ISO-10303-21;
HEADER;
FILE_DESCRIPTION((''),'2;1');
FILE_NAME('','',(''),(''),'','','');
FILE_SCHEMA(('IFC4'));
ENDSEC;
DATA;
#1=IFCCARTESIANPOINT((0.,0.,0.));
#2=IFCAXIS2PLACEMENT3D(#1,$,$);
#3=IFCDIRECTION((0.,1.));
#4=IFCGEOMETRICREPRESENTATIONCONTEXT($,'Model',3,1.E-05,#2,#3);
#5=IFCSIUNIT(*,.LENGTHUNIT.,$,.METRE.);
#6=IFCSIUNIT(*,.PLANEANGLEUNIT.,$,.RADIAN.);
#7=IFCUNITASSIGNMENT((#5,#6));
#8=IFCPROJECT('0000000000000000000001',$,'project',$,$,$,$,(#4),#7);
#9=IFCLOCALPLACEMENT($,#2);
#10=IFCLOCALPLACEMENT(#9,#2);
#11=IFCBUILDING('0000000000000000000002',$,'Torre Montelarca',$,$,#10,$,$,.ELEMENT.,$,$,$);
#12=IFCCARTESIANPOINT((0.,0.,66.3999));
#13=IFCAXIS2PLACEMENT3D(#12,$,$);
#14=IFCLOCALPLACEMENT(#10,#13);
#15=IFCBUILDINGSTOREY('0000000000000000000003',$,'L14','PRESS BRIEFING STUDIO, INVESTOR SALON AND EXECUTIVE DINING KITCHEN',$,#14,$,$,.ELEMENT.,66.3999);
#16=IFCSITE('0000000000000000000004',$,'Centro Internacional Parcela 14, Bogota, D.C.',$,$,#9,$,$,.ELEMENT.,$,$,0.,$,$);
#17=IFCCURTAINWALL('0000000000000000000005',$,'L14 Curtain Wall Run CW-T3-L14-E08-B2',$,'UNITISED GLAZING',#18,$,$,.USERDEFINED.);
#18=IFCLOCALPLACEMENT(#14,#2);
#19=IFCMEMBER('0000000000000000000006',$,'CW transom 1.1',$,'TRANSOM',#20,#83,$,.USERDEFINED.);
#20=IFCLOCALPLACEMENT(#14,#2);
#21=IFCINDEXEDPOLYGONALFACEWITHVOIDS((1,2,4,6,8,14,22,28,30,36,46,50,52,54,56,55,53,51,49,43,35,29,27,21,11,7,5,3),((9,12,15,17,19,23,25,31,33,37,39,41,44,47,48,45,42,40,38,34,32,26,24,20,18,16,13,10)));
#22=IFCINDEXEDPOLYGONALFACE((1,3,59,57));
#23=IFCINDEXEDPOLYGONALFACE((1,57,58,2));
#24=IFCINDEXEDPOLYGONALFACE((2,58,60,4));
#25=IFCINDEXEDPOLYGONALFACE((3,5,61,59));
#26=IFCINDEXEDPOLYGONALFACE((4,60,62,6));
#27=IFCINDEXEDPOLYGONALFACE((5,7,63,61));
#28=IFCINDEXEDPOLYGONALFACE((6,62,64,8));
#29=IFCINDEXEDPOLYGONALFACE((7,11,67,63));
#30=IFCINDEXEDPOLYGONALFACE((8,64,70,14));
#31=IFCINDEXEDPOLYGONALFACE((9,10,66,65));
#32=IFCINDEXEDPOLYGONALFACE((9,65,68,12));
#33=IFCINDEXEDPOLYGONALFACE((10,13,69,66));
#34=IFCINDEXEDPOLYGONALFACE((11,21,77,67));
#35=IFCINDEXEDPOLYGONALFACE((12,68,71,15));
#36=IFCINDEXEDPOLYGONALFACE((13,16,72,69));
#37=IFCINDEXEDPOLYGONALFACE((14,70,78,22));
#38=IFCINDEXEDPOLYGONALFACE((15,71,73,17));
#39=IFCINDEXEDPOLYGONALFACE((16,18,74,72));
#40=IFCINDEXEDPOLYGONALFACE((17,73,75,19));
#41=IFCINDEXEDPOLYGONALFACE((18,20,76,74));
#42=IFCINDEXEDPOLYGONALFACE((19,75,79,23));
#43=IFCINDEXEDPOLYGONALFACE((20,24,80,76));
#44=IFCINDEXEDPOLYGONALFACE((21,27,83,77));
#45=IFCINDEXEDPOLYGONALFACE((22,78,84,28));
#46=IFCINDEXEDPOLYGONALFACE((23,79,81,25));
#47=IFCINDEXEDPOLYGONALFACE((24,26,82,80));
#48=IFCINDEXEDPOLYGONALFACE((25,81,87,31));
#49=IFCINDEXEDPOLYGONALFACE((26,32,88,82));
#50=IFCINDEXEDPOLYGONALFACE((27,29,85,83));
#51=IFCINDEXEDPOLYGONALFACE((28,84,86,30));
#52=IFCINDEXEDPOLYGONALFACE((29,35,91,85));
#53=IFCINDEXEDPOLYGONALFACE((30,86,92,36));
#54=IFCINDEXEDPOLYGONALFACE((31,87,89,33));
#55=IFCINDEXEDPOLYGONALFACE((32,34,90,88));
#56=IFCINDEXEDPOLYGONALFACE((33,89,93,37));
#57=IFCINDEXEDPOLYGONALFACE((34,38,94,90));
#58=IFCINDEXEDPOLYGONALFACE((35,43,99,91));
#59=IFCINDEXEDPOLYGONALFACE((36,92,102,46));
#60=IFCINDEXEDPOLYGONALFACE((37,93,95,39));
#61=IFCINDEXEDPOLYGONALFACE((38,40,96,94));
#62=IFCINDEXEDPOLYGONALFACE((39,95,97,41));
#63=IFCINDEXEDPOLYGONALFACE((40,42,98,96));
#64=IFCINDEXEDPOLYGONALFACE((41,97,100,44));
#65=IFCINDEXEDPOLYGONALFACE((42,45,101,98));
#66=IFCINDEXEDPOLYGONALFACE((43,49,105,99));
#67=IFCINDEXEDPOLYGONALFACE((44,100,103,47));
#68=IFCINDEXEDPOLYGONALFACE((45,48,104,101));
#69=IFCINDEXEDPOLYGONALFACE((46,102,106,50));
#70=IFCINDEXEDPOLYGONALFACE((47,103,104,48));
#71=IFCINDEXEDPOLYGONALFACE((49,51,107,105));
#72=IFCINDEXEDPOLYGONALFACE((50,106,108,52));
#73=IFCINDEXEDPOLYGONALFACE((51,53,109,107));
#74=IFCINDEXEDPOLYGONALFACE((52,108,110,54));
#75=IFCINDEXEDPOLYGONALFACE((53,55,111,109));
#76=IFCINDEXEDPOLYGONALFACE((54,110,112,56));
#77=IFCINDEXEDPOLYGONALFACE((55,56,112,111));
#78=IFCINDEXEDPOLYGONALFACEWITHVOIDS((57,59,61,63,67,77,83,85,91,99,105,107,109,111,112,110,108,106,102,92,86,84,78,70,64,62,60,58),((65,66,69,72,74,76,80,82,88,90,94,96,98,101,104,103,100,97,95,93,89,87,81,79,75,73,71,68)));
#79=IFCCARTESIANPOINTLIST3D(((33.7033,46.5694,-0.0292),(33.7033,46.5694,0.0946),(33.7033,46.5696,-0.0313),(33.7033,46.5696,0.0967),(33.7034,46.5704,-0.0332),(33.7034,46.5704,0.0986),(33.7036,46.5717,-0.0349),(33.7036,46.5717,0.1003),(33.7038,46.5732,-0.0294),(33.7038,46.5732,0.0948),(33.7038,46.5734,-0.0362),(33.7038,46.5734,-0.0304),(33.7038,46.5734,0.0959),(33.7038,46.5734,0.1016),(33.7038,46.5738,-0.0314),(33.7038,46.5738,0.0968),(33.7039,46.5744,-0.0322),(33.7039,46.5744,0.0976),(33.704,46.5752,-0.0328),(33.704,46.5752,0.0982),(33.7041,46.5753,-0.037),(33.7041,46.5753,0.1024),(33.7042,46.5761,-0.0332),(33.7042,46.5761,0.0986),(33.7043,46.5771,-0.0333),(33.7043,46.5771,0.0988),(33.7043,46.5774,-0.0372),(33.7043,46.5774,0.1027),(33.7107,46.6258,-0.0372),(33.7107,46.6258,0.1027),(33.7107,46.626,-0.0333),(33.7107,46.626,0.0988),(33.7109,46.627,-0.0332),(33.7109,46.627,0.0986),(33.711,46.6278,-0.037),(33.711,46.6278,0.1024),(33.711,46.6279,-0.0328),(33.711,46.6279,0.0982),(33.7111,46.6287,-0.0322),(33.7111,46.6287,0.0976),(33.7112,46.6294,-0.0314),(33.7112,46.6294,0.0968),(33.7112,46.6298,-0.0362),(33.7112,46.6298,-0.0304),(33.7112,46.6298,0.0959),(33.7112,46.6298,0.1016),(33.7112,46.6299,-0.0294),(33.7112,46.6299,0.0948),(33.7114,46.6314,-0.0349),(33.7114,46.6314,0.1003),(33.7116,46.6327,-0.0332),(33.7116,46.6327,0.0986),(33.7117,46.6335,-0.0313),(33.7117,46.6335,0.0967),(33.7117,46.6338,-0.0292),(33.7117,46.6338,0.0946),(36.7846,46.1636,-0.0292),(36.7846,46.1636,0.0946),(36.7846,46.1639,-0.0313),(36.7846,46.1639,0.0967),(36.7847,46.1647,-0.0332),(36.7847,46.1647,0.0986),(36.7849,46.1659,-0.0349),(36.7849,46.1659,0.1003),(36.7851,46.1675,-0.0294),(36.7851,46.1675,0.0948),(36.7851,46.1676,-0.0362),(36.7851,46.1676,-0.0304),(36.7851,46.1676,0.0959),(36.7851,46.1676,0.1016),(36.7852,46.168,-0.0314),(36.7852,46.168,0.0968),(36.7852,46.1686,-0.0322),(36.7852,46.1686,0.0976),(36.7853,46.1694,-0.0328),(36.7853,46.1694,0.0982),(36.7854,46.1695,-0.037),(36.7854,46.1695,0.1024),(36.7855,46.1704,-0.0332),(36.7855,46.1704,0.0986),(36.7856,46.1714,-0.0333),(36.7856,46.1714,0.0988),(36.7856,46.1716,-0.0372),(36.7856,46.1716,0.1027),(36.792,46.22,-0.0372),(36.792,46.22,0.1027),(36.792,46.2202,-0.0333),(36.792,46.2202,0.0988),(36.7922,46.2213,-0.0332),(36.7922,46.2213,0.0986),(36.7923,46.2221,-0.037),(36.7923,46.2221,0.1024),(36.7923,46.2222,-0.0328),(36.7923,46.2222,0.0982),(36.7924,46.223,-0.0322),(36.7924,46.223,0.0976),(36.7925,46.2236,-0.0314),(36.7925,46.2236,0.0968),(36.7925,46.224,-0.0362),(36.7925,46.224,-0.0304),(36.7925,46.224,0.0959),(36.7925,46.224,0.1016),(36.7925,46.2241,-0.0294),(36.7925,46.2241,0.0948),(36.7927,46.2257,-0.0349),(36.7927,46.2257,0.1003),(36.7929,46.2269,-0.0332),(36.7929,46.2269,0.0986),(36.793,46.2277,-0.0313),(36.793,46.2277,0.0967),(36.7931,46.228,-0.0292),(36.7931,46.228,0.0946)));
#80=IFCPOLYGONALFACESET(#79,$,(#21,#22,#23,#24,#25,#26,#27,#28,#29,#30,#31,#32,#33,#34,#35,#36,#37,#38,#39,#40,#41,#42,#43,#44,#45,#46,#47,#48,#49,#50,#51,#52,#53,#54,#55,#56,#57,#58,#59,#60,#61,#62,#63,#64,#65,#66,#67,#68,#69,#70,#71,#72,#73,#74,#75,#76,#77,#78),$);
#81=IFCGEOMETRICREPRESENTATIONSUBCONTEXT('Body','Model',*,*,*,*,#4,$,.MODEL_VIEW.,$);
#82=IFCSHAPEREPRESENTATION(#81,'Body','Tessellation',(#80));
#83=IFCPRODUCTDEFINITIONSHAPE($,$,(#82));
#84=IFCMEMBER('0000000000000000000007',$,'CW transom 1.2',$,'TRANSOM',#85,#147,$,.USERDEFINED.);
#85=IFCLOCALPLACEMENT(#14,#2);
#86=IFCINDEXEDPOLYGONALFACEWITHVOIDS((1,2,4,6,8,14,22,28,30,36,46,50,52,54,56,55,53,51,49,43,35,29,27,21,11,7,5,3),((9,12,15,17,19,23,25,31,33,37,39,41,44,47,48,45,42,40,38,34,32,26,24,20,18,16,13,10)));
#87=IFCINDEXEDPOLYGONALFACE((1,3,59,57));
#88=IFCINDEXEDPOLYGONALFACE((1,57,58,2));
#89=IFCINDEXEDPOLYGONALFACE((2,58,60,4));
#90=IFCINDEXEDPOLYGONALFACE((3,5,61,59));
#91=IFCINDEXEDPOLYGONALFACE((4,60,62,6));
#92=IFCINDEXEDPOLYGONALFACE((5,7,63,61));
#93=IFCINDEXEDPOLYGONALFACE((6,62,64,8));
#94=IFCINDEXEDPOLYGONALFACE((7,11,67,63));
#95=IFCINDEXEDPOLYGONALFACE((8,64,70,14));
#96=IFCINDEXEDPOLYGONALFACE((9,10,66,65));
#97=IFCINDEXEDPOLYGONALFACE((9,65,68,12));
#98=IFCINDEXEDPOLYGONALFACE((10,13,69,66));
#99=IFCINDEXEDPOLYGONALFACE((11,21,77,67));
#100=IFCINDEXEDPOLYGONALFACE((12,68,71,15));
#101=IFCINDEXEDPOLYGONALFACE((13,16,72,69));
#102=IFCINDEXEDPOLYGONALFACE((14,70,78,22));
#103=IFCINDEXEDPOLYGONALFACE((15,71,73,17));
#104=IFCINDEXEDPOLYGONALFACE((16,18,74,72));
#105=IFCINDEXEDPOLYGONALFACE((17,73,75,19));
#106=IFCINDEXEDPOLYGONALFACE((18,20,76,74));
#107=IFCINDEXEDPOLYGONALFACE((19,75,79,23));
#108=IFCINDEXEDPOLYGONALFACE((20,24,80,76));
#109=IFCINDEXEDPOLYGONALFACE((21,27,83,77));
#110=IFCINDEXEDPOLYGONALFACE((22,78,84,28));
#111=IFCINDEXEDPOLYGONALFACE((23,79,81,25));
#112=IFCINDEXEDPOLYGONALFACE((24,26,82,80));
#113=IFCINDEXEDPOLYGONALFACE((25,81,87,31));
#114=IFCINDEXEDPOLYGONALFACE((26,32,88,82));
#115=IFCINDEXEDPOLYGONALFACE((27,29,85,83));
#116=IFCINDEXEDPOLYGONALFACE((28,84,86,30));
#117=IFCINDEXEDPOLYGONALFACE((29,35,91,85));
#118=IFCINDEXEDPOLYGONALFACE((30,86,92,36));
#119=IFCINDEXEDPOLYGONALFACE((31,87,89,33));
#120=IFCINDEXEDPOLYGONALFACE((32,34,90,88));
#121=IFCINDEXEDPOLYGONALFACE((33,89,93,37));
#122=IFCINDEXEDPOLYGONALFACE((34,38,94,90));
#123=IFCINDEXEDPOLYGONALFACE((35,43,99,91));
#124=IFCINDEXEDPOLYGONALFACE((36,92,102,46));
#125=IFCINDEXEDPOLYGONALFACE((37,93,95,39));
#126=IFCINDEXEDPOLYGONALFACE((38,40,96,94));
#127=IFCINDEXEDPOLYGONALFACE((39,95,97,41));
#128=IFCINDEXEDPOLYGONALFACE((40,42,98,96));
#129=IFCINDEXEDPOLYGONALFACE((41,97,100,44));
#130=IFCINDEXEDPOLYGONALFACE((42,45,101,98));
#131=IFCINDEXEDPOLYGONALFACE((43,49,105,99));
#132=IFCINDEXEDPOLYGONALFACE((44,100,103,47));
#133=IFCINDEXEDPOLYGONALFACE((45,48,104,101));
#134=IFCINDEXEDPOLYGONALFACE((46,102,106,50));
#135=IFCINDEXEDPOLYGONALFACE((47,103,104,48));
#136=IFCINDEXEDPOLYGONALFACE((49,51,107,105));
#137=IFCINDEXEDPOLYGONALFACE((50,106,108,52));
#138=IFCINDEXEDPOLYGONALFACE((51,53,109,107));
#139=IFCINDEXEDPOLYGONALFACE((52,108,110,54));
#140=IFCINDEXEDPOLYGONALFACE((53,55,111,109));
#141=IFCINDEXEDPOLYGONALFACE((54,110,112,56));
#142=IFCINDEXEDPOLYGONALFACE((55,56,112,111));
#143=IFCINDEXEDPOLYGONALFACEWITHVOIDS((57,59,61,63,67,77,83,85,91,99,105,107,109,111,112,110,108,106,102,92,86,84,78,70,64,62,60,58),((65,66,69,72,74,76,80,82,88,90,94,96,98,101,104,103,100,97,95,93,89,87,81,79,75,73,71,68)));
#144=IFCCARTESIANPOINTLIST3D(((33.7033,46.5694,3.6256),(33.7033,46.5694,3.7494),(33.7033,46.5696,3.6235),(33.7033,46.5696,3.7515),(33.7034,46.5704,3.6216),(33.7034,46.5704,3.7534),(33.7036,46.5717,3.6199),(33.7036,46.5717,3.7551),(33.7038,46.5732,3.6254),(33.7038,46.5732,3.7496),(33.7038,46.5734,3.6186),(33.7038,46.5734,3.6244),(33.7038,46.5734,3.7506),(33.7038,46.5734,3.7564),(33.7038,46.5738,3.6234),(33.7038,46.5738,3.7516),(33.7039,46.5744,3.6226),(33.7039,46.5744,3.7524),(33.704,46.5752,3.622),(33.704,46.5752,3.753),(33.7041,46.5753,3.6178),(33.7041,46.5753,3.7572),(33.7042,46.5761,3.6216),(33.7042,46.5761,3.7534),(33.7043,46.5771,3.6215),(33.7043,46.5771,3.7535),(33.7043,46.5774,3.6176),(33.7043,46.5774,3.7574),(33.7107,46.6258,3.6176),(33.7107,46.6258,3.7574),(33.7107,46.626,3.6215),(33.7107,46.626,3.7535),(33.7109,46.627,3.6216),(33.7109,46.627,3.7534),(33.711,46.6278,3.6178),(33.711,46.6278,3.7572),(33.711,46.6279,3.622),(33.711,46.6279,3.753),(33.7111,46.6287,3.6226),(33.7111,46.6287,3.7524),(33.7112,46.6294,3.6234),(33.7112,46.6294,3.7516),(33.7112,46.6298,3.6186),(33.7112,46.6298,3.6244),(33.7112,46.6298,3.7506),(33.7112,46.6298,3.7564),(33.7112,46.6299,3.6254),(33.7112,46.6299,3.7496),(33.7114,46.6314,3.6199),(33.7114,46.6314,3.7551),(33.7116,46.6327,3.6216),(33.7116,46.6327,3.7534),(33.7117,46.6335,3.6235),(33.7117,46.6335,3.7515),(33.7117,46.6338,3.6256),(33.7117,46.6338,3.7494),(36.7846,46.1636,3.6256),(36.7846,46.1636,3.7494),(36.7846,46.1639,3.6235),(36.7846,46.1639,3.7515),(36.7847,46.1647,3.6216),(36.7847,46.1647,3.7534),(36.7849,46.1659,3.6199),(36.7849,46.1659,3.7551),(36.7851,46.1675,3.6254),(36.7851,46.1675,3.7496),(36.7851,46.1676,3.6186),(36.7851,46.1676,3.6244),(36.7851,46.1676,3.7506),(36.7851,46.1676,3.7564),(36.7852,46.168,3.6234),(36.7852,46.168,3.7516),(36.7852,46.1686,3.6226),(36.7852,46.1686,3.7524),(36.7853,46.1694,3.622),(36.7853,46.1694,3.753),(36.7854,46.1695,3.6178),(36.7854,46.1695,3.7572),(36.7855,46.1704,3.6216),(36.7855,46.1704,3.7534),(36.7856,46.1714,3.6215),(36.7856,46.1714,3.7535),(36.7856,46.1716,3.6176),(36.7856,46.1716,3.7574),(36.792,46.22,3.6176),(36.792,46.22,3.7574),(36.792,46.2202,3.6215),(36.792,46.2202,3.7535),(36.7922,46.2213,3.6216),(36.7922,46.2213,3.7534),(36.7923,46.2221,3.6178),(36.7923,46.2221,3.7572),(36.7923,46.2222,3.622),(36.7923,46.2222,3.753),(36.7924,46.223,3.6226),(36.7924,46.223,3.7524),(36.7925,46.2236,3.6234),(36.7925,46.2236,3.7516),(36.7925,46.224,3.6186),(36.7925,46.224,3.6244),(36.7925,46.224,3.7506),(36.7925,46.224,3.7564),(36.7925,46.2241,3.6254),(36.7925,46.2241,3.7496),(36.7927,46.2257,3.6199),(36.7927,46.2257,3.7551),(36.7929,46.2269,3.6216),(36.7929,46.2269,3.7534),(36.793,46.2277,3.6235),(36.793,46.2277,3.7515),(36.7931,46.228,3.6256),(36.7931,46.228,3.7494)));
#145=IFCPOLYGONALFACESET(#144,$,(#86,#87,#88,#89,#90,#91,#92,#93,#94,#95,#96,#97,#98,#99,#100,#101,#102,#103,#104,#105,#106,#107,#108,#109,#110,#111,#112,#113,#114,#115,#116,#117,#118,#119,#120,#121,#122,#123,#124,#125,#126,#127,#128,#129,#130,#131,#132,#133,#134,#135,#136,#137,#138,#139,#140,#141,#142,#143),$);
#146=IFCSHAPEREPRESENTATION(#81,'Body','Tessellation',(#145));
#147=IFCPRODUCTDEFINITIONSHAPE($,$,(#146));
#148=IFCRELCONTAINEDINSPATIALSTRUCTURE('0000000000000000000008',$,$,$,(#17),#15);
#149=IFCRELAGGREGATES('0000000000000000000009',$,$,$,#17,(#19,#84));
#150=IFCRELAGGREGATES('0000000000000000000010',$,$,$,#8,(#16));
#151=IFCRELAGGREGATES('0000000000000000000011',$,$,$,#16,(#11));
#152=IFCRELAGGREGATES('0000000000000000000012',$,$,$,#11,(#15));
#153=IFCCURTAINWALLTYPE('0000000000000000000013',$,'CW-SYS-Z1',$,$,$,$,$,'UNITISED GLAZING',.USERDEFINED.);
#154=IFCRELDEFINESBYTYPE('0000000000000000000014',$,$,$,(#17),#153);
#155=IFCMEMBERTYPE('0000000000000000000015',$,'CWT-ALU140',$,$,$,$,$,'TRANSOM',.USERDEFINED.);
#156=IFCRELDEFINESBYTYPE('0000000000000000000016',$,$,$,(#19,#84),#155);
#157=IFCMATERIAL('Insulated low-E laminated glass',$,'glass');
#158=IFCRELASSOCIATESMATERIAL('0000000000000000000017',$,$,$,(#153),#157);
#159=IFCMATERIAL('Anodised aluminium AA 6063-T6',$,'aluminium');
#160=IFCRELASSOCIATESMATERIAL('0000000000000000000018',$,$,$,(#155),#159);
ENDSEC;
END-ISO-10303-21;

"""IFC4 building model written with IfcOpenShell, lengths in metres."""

from ifc_helpers import new_model, si_unit, direction, frame, origin, origin_2d, place, context, subcontext, project, spatial, hollow_rectangle, extrude, source, transform, mapped, material, material_profile, profile_set, type_object, element, aggregate, save


model = new_model("IFC4")

# Units and contexts
model_context = context("Model", 3, precision=1e-05, world=origin(), true_north=direction((0.0, 1.0)))
body_context = subcontext(model_context, "Body", "Model", "MODEL_VIEW")
ifc_project = project(units=[si_unit("LENGTHUNIT", "METRE"), si_unit("PLANEANGLEUNIT", "RADIAN")], contexts=[model_context])

# Site, building, storey
site_placement = place(None, origin())
site = spatial("IfcSite", under=ifc_project, at=site_placement, Name="Centro Internacional Parcela 14, Bogota, D.C.", CompositionType="ELEMENT", RefElevation=0.0)
building_placement = place(site_placement, origin())
building = spatial("IfcBuilding", under=site, at=building_placement, Name="Torre Montelarca", CompositionType="ELEMENT")
storey_placement = place(building_placement, frame((0.0, 0.0, 66.3999)))
storey = spatial("IfcBuildingStorey", under=building, at=storey_placement, Name="L14", Description="PRESS BRIEFING STUDIO, INVESTOR SALON AND EXECUTIVE DINING KITCHEN", CompositionType="ELEMENT", Elevation=66.3999)

# Curtain wall, members
ifc_material_1 = material(Name="Insulated low-E laminated glass", Category="glass")
curtain_wall_type = type_object("IfcCurtainWallType", Name="CW-SYS-Z1", ElementType="UNITISED GLAZING", PredefinedType="USERDEFINED", material=ifc_material_1)
curtain_wall_1_placement = place(storey_placement, origin())
curtain_wall_1 = element("IfcCurtainWall", 1, at=curtain_wall_1_placement, inside=storey, type_object=curtain_wall_type, Name="L14 Curtain Wall Run CW-T3-L14-E08-B2", ObjectType="UNITISED GLAZING", PredefinedType="USERDEFINED")
ifc_material_2 = material(Name="Anodised aluminium AA 6063-T6", Category="aluminium")
ifc_material_profile_1 = material_profile(ifc_material_2, hollow_rectangle(XDim=0.0649, YDim=0.1399, WallThickness=0.0039, InnerFilletRadius=0.0039, OuterFilletRadius=0.0081, at=origin_2d()), Name="ALU65X140X4", Category="aluminium")
ifc_profile_set_1 = profile_set([ifc_material_profile_1], Name="Anodised aluminium AA 6063-T6")
member_type_1 = type_object("IfcMemberType", Name="CWT-ALU140", ElementType="TRANSOM", PredefinedType="USERDEFINED", material=ifc_profile_set_1)
shared_shape_1 = source(origin(), body_context, "Body", "SweptSolid", [
    extrude(hollow_rectangle(XDim=0.0649, YDim=0.1399, WallThickness=0.0039, InnerFilletRadius=0.0039, OuterFilletRadius=0.0081, at=origin_2d()), origin(), (0.0, 0.0, 1.0), 3.1079),
])
member_1_placement = place(storey_placement, frame((36.7888, 46.1958, 0.0327), z_axis=(-0.991441, 0.130558, 0.0), x_axis=(-0.130558, -0.991441, 0.0)))
member_1 = element("IfcMember", 2, at=member_1_placement, type_object=member_type_1, Name="CW transom 1.1", ObjectType="TRANSOM", PredefinedType="USERDEFINED", context=body_context, shape_type="MappedRepresentation", body=[
    mapped(shared_shape_1, transform((0.0, 0.0, 0.0), scale=1.0)),
])
member_2_placement = place(storey_placement, frame((36.7888, 46.1958, 3.6875), z_axis=(-0.991441, 0.130558, 0.0), x_axis=(-0.130558, -0.991441, 0.0)))
member_2 = element("IfcMember", 3, at=member_2_placement, type_object=member_type_1, Name="CW transom 1.2", ObjectType="TRANSOM", PredefinedType="USERDEFINED", context=body_context, shape_type="MappedRepresentation", body=[
    mapped(shared_shape_1, transform((0.0, 0.0, 0.0), scale=1.0)),
])

aggregate(curtain_wall_1, [member_1, member_2])

save(model, "model.ifc")
